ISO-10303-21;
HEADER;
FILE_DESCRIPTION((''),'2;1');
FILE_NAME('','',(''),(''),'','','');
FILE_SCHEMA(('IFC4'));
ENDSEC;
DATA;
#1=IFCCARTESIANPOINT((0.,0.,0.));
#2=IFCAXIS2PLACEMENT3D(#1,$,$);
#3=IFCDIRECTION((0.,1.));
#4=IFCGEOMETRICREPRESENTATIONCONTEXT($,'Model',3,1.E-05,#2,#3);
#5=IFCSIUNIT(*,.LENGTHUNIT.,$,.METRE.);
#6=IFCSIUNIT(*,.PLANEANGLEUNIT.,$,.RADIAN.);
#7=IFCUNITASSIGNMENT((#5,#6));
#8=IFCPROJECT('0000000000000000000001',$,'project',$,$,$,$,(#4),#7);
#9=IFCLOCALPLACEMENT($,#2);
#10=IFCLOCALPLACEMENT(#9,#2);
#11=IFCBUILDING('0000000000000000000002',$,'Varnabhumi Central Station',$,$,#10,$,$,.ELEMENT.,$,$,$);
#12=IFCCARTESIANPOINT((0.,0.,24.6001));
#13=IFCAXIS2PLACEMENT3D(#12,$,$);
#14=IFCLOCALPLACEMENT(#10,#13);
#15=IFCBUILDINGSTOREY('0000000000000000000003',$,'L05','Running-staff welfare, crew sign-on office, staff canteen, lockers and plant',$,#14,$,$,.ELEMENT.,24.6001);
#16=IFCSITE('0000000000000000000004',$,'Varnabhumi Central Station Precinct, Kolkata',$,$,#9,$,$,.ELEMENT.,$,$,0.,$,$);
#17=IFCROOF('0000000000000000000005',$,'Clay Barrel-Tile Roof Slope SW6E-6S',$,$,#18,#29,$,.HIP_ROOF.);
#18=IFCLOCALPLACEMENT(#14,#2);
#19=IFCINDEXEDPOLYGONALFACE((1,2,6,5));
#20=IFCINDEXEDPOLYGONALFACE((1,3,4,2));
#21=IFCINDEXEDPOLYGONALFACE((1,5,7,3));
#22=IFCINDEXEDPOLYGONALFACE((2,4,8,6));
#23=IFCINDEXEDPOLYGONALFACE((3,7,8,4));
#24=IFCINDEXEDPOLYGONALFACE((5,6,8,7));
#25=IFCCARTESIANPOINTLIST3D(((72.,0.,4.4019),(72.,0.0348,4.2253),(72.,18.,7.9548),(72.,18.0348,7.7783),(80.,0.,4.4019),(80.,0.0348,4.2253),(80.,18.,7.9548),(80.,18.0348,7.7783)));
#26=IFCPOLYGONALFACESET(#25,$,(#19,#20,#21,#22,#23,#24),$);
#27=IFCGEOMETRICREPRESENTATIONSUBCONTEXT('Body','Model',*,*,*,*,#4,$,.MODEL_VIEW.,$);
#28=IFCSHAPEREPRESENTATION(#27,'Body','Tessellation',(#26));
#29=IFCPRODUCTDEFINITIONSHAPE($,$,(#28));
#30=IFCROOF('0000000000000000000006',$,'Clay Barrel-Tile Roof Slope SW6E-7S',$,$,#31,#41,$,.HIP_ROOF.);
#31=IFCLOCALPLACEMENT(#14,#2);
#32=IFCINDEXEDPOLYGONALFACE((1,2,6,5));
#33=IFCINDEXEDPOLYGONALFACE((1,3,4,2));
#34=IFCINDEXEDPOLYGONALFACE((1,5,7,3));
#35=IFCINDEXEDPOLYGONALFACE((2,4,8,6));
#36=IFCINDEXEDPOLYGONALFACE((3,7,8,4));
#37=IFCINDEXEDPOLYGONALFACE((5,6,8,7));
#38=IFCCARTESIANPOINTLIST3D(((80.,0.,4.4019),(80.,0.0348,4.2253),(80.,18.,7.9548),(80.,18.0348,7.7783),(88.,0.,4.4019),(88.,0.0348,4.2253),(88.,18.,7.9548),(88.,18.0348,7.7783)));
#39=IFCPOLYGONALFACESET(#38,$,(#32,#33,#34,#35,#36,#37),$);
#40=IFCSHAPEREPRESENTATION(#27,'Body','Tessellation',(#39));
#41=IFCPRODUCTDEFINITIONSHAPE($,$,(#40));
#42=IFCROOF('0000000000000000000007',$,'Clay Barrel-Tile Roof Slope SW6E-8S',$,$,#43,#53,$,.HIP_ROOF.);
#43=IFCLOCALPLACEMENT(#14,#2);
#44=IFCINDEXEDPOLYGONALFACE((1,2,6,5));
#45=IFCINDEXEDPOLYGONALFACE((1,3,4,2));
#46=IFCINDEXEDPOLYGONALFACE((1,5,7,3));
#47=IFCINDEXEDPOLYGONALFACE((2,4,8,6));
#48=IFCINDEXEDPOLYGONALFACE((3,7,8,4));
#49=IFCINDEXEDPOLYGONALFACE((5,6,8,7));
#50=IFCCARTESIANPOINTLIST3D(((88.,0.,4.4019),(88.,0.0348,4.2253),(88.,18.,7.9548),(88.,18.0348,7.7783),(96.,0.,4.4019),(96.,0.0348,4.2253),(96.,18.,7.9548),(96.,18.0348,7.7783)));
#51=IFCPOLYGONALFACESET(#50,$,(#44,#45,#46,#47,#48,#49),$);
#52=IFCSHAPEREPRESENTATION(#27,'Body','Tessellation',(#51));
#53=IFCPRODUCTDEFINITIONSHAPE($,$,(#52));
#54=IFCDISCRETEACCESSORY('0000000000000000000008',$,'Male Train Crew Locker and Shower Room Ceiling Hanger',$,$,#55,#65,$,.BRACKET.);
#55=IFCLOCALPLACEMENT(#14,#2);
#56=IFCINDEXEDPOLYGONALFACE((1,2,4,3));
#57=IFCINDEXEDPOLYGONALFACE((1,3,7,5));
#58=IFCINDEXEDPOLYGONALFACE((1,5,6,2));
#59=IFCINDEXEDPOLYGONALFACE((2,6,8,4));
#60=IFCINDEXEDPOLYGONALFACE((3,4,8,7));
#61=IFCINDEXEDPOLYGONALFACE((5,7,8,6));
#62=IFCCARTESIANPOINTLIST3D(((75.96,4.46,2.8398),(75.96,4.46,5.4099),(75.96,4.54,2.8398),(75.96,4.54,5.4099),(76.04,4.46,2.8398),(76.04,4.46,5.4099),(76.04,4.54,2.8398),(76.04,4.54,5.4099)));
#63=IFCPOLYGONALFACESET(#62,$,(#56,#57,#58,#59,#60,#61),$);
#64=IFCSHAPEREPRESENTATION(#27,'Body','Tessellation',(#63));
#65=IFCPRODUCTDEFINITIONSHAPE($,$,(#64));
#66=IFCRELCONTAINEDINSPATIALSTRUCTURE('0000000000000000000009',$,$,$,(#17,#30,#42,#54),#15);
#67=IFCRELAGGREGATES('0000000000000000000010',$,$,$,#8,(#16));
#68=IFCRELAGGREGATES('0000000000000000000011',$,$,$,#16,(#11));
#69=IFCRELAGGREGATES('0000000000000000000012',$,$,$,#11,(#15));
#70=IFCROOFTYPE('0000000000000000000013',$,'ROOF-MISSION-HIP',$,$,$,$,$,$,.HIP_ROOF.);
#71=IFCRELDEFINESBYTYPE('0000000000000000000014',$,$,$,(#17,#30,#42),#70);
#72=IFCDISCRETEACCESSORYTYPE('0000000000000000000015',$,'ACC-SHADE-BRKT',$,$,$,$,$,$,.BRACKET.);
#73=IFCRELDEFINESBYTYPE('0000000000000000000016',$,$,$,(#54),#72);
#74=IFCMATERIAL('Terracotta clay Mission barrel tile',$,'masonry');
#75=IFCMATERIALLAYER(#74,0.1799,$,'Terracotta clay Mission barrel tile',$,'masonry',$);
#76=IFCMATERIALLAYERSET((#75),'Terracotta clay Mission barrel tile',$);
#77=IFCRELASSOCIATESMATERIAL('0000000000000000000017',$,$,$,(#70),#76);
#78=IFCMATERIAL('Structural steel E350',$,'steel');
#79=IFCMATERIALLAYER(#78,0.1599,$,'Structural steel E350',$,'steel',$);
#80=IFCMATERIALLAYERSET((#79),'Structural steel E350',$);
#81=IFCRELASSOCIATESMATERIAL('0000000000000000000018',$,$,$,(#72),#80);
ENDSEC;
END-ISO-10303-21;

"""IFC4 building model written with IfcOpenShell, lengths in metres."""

from ifc_helpers import new_model, si_unit, direction, frame, origin, origin_2d, place, context, subcontext, project, spatial, polyline, rectangle, outline, extrude, material, layer, layer_set, type_object, element, save


model = new_model("IFC4")

# Units and contexts
model_context = context("Model", 3, precision=1e-05, world=origin(), true_north=direction((0.0, 1.0)))
body_context = subcontext(model_context, "Body", "Model", "MODEL_VIEW")
ifc_project = project(units=[si_unit("LENGTHUNIT", "METRE"), si_unit("PLANEANGLEUNIT", "RADIAN")], contexts=[model_context])

# Site, building, storey
site_placement = place(None, origin())
site = spatial("IfcSite", under=ifc_project, at=site_placement, Name="Varnabhumi Central Station Precinct, Kolkata", CompositionType="ELEMENT", RefElevation=0.0)
building_placement = place(site_placement, origin())
building = spatial("IfcBuilding", under=site, at=building_placement, Name="Varnabhumi Central Station", CompositionType="ELEMENT")
storey_placement = place(building_placement, frame((0.0, 0.0, 24.6001)))
storey = spatial("IfcBuildingStorey", under=building, at=storey_placement, Name="L05", Description="Running-staff welfare, crew sign-on office, staff canteen, lockers and plant", CompositionType="ELEMENT", Elevation=24.6001)

# Shared definitions
ifc_material_1 = material(Name="Structural steel E350", Category="steel")

# Roofs
ifc_material_2 = material(Name="Terracotta clay Mission barrel tile", Category="masonry")
ifc_layer_1 = layer(ifc_material_2, 0.1799, Name="Terracotta clay Mission barrel tile", Category="masonry")
ifc_layer_set_1 = layer_set([ifc_layer_1], Name="Terracotta clay Mission barrel tile")
roof_type = type_object("IfcRoofType", Name="ROOF-MISSION-HIP", PredefinedType="HIP_ROOF", material=ifc_layer_set_1)
for number, where, z_axis, x_axis, name in (
    (1, (72.0, 0.0, 4.4019), (0.0, -0.193651, 0.98107), (1.0, 0.0, 0.0), "Clay Barrel-Tile Roof Slope SW6E-6S"),
    (2, (80.0, 0.0, 4.4019), (0.0, -0.193651, 0.98107), (1.0, 0.0, 0.0), "Clay Barrel-Tile Roof Slope SW6E-7S"),
    (3, (88.0, 0.0, 4.4019), (0.0, -0.193651, 0.98107), (1.0, 0.0, 0.0), "Clay Barrel-Tile Roof Slope SW6E-8S"),
):
    element("IfcRoof", number, at=place(storey_placement, frame(where, z_axis=z_axis, x_axis=x_axis)), inside=storey, type_object=roof_type, Name=name, PredefinedType="HIP_ROOF", context=body_context, shape_type="SweptSolid", body=[
        extrude(outline(polyline([(0.0, 0.0), (8.0, 0.0), (8.0, 18.3473), (0.0, 18.3473), (0.0, 0.0)])), origin(), (0.0, 0.0, -1.0), 0.1799),
    ])

# Discrete accessory
ifc_layer_2 = layer(ifc_material_1, 0.1599, Name="Structural steel E350", Category="steel")
ifc_layer_set_2 = layer_set([ifc_layer_2], Name="Structural steel E350")
discrete_accessory_type = type_object("IfcDiscreteAccessoryType", Name="ACC-SHADE-BRKT", PredefinedType="BRACKET", material=ifc_layer_set_2)
discrete_accessory_placement = place(storey_placement, frame((76.0, 4.5, 2.8398), z_axis=(0.0, 0.0, 1.0), x_axis=(1.0, 0.0, 0.0)))
element("IfcDiscreteAccessory", 4, at=discrete_accessory_placement, inside=storey, type_object=discrete_accessory_type, Name="Male Train Crew Locker and Shower Room Ceiling Hanger", PredefinedType="BRACKET", context=body_context, shape_type="SweptSolid", body=[
    extrude(rectangle(XDim=0.0801, YDim=0.0801, at=origin_2d()), origin(), (0.0, 0.0, 1.0), 2.5701),
])

save(model, "model.ifc")
